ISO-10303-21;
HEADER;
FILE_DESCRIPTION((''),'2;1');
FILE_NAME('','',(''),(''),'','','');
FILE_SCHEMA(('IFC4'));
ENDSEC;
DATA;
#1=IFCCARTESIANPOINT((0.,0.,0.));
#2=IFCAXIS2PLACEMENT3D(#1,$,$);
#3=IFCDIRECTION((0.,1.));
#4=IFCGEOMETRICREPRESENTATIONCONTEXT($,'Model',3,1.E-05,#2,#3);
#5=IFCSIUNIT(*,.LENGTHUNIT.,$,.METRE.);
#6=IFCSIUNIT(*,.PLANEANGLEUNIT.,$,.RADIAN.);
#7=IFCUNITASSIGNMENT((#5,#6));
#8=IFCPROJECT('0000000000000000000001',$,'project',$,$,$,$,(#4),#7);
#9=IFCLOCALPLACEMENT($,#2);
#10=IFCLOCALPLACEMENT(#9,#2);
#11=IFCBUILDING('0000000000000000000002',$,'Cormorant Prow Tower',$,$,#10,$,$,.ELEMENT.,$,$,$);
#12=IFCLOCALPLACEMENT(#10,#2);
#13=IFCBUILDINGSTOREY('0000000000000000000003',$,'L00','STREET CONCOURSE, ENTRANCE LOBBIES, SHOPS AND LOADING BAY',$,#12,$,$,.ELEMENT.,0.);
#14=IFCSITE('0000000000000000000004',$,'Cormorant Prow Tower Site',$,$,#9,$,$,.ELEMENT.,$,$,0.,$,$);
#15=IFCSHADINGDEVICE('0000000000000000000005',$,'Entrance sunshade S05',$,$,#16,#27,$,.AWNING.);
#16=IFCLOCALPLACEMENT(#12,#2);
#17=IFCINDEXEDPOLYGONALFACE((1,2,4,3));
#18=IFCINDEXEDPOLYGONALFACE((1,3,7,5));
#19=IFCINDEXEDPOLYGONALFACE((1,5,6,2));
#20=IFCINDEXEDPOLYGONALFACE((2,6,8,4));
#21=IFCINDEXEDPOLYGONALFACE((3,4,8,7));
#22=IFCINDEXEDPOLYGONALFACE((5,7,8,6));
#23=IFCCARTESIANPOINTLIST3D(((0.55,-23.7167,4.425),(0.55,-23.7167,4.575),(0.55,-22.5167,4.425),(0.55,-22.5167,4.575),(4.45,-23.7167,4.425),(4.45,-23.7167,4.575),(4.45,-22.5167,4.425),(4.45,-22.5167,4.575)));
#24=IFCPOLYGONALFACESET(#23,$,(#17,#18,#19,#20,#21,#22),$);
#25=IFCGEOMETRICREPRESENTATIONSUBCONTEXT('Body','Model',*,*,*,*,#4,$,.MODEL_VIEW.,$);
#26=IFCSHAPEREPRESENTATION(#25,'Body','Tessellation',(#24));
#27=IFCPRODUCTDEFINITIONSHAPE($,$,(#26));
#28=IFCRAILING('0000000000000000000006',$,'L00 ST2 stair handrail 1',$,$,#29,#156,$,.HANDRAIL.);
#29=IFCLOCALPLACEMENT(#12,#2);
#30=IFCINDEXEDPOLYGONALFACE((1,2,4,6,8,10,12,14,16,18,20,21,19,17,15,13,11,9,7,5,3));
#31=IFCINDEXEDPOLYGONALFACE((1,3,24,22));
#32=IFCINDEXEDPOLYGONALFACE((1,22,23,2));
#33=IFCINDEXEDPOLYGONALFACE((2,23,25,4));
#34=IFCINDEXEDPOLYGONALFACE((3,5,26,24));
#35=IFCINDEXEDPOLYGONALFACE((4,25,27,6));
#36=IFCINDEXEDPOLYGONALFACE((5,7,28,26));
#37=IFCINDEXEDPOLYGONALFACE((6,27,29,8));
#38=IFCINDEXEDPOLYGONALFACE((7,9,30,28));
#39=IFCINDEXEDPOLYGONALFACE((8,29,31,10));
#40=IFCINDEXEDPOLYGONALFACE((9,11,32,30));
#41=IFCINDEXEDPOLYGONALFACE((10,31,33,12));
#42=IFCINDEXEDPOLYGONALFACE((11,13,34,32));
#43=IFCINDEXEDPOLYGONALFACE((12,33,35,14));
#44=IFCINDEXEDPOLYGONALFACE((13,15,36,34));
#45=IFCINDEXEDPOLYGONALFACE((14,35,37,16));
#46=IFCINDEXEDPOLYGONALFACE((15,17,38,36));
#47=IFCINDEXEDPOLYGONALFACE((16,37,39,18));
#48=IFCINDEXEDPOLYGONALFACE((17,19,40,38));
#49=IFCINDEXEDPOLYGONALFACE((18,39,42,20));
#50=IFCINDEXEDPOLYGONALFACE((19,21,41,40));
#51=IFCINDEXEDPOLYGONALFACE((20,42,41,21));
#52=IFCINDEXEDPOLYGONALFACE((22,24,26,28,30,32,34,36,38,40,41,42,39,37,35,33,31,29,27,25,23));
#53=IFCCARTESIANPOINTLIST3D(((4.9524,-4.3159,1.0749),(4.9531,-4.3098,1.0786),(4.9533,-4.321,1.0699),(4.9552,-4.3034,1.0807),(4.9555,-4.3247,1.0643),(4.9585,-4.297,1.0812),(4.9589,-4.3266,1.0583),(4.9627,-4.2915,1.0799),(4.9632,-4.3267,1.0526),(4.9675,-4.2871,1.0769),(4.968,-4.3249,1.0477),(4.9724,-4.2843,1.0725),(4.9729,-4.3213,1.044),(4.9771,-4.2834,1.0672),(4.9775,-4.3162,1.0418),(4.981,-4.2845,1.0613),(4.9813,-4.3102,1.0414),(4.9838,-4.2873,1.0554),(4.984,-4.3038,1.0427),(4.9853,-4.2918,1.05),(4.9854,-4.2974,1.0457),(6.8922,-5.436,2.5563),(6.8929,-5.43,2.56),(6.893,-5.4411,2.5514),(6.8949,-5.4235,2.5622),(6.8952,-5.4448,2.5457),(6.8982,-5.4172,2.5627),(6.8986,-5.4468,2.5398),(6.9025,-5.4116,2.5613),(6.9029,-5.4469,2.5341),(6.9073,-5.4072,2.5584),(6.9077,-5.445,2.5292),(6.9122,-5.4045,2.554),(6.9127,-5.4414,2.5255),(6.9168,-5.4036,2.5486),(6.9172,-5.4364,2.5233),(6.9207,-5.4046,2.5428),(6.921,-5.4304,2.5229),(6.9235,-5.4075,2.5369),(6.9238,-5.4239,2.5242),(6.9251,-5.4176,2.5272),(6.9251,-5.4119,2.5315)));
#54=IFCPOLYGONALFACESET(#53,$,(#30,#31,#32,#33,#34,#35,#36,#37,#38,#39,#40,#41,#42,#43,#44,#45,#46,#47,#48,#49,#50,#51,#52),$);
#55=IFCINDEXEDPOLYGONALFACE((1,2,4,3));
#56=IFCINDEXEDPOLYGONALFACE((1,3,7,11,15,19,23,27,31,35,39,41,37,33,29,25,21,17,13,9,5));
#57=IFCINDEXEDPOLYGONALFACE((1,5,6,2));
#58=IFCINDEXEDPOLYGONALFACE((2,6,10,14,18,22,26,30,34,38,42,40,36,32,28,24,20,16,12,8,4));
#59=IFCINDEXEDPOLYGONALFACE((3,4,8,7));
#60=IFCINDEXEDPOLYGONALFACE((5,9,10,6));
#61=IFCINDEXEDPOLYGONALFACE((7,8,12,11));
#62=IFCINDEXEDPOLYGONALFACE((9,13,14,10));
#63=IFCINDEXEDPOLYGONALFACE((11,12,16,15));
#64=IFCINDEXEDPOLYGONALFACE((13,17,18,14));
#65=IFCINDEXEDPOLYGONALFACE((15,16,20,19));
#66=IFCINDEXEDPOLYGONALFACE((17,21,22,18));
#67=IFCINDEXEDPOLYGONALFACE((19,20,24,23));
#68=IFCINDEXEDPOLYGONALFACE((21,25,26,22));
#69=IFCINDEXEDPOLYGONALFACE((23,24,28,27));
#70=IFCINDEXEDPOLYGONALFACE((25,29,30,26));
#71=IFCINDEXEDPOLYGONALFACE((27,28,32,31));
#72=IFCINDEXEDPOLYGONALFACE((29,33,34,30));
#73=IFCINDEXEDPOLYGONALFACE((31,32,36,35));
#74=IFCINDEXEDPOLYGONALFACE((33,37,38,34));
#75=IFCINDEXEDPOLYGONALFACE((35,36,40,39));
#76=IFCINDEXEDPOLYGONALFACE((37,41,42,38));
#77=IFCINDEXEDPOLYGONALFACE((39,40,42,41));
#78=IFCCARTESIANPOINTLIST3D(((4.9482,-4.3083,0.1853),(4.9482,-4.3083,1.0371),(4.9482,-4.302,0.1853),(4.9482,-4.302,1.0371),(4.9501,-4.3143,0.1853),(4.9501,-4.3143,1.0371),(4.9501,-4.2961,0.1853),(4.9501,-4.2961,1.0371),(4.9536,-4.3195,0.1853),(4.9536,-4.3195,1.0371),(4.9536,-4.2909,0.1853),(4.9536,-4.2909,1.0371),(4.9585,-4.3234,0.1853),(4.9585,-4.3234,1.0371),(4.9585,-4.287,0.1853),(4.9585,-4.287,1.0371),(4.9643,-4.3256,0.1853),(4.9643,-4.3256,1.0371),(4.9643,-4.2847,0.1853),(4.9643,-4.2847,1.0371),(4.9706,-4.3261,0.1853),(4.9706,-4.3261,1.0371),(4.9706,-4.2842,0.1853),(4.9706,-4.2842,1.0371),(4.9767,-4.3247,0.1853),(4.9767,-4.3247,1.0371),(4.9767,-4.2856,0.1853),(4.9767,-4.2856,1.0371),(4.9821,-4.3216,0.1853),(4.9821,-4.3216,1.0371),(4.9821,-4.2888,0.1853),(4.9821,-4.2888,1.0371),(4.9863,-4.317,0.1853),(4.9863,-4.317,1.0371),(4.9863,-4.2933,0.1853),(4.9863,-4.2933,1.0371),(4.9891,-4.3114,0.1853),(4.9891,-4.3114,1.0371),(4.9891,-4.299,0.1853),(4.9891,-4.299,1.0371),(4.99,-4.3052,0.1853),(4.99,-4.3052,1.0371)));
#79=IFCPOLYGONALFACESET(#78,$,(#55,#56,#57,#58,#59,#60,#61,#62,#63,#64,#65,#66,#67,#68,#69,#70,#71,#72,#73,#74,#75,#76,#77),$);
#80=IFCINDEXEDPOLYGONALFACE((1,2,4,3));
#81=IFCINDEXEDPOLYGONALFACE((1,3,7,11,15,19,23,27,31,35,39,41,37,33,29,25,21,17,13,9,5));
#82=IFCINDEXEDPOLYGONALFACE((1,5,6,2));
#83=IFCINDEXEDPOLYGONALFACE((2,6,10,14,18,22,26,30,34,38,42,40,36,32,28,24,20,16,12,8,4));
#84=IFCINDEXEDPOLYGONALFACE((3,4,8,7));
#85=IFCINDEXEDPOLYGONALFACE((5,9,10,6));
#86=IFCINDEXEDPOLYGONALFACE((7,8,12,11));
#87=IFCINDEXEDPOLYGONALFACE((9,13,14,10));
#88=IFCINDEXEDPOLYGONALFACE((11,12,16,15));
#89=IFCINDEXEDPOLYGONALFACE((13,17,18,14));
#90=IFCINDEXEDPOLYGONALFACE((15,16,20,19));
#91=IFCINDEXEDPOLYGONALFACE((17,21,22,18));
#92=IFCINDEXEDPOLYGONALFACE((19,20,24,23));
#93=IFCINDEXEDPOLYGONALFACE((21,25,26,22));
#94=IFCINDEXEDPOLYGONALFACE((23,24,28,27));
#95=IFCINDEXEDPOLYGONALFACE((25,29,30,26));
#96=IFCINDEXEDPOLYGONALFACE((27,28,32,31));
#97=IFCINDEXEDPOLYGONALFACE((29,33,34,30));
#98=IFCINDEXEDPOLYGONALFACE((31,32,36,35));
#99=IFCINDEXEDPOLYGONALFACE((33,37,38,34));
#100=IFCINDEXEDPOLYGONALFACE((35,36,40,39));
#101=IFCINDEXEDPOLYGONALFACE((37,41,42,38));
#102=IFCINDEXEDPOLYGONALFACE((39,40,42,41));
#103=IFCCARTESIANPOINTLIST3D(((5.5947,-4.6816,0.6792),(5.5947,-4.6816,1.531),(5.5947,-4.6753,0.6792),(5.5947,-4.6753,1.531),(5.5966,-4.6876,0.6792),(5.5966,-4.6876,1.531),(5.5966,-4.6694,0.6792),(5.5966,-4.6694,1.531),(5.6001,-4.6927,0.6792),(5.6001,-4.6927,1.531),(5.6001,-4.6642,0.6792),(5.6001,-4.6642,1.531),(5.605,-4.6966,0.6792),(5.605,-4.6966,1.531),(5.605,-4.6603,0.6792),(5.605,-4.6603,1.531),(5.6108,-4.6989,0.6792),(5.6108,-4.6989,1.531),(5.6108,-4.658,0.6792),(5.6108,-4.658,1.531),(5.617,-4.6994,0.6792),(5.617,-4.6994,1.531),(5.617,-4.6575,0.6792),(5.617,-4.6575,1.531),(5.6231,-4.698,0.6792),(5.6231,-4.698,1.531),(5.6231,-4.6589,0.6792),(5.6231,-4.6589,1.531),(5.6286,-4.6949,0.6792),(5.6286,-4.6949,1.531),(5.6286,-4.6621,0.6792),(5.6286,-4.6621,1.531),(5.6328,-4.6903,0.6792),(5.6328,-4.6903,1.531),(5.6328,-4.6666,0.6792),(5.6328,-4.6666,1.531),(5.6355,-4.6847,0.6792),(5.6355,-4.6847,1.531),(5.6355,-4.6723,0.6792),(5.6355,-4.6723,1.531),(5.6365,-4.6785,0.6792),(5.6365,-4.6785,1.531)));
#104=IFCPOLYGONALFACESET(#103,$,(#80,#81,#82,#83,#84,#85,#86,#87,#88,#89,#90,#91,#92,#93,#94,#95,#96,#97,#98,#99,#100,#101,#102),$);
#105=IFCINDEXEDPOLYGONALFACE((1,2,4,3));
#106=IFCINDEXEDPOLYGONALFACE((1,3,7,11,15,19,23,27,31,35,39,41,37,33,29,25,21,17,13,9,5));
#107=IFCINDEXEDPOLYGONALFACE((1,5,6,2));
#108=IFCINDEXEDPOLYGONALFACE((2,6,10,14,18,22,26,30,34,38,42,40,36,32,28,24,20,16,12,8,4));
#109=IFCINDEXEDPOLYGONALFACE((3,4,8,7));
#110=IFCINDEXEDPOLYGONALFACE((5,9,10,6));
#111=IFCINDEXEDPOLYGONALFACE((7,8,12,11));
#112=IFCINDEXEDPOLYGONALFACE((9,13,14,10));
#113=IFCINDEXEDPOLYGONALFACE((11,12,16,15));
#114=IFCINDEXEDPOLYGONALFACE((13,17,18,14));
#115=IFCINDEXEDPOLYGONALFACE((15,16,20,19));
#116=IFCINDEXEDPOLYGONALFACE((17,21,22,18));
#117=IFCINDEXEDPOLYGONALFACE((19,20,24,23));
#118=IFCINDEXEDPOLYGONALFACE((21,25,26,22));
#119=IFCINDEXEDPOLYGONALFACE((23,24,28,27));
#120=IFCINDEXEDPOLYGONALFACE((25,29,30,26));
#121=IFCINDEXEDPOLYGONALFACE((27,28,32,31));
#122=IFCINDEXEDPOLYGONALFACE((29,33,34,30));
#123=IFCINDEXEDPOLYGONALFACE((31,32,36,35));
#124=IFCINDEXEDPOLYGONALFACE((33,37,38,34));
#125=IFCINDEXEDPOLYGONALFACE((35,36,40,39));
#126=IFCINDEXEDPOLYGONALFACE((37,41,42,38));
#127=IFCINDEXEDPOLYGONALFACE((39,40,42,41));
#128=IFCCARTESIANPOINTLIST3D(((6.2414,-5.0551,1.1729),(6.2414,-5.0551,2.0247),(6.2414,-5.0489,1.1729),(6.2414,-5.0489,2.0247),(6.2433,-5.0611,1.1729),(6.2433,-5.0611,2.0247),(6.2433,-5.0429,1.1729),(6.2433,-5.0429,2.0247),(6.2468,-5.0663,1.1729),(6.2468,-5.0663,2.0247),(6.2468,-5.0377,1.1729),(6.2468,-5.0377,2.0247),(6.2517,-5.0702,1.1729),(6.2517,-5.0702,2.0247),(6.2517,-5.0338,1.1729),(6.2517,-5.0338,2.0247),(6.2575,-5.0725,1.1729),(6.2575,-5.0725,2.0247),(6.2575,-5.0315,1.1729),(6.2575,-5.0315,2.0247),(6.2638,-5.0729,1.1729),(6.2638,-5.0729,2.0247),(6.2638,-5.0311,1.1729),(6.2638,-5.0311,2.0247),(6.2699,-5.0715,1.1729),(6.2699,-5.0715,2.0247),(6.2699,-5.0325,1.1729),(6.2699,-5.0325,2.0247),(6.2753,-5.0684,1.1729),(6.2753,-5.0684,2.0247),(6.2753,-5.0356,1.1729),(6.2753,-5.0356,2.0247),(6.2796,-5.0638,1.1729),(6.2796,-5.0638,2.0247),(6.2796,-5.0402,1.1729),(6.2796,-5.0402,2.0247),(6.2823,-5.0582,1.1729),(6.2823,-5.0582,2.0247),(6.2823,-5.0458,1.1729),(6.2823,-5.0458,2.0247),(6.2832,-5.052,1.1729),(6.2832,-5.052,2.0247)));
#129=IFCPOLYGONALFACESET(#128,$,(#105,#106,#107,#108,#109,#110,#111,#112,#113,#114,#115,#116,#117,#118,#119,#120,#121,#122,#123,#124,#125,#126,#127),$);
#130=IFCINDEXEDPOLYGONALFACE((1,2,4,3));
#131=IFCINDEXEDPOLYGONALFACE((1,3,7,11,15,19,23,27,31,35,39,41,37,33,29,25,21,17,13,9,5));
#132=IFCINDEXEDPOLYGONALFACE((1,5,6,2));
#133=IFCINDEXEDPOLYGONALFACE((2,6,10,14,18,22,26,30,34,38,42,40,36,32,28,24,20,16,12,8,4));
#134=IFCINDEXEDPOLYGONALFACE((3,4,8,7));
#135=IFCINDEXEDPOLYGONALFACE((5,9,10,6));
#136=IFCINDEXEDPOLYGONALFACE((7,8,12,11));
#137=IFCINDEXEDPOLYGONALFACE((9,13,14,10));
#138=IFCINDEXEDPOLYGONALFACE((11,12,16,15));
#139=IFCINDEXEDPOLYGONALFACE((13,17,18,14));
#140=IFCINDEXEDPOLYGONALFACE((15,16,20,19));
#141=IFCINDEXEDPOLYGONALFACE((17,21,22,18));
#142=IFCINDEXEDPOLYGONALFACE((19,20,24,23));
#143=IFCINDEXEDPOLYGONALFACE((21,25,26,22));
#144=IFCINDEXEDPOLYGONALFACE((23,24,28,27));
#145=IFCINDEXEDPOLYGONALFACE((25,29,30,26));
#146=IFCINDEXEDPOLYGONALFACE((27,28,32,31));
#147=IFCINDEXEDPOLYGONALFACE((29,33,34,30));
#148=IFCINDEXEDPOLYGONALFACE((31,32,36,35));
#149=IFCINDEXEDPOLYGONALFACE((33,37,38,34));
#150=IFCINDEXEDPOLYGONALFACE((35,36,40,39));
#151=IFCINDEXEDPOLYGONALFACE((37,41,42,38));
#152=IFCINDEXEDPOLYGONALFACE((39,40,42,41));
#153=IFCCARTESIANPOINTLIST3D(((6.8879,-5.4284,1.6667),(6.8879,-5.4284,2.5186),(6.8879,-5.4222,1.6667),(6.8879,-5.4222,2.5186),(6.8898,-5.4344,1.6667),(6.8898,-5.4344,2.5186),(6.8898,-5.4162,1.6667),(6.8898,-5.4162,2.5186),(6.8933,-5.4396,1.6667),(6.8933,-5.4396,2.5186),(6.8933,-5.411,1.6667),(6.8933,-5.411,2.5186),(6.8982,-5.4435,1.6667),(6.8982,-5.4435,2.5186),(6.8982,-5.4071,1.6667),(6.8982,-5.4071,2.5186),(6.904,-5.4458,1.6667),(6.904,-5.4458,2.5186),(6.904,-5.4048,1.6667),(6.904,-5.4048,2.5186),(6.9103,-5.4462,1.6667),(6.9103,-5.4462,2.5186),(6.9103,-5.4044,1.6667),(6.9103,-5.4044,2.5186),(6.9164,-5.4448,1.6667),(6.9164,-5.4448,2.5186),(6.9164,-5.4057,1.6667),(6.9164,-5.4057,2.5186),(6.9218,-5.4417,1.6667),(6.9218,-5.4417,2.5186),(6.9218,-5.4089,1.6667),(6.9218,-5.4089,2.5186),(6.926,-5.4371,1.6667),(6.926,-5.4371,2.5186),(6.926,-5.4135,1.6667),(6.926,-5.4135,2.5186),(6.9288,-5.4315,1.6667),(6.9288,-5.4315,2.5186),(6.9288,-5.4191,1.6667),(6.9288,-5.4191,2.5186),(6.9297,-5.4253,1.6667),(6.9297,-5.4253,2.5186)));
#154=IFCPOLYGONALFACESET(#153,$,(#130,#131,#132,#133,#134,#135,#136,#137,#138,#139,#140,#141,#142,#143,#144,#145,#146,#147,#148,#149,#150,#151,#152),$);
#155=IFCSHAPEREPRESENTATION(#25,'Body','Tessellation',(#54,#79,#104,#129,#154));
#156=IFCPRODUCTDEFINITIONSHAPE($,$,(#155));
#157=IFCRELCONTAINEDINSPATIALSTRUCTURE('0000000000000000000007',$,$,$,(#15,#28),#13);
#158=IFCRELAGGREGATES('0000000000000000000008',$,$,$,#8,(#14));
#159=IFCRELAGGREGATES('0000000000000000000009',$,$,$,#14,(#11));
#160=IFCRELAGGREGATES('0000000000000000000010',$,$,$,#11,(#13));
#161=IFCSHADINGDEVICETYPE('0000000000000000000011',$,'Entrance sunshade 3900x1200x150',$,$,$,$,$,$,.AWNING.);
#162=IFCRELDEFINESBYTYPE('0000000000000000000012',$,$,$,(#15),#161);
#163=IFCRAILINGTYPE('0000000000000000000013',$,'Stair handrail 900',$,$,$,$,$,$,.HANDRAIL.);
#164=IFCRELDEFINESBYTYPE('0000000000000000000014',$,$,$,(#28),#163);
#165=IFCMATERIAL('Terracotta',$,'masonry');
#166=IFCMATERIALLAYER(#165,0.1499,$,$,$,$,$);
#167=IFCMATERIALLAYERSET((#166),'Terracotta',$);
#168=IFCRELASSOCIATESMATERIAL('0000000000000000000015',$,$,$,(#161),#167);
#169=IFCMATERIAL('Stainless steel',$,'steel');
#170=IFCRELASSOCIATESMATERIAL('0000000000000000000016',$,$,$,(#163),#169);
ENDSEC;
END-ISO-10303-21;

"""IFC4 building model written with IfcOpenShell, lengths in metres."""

from ifc_helpers import new_model, si_unit, direction, frame, origin, origin_2d, place, context, subcontext, project, spatial, rectangle, circle, extrude, material, layer, layer_set, type_object, element, save


model = new_model("IFC4")

# Units and contexts
model_context = context("Model", 3, precision=1e-05, world=origin(), true_north=direction((0.0, 1.0)))
body_context = subcontext(model_context, "Body", "Model", "MODEL_VIEW")
ifc_project = project(units=[si_unit("LENGTHUNIT", "METRE"), si_unit("PLANEANGLEUNIT", "RADIAN")], contexts=[model_context])

# Site, building, storey
site_placement = place(None, origin())
site = spatial("IfcSite", under=ifc_project, at=site_placement, Name="Cormorant Prow Tower Site", CompositionType="ELEMENT", RefElevation=0.0)
building_placement = place(site_placement, origin())
building = spatial("IfcBuilding", under=site, at=building_placement, Name="Cormorant Prow Tower", CompositionType="ELEMENT")
storey_placement = place(building_placement, origin())
storey = spatial("IfcBuildingStorey", under=building, at=storey_placement, Name="L00", Description="STREET CONCOURSE, ENTRANCE LOBBIES, SHOPS AND LOADING BAY", CompositionType="ELEMENT", Elevation=0.0)

# Shading device
ifc_material_1 = material(Name="Terracotta", Category="masonry")
ifc_layer_1 = layer(ifc_material_1, 0.1499)
ifc_layer_set_1 = layer_set([ifc_layer_1], Name="Terracotta")
shading_device_type = type_object("IfcShadingDeviceType", Name="Entrance sunshade 3900x1200x150", PredefinedType="AWNING", material=ifc_layer_set_1)
shading_device_placement = place(storey_placement, frame((2.5, -23.1167, 4.425), z_axis=(0.0, 0.0, 1.0), x_axis=(1.0, 0.0, 0.0)))
element("IfcShadingDevice", 1, at=shading_device_placement, inside=storey, type_object=shading_device_type, Name="Entrance sunshade S05", PredefinedType="AWNING", context=body_context, shape_type="SweptSolid", body=[
    extrude(rectangle(XDim=3.8999, YDim=1.2, at=origin_2d()), origin(), (0.0, 0.0, 1.0), 0.1499),
])

# Railing
ifc_material_2 = material(Name="Stainless steel", Category="steel")
railing_type_1 = type_object("IfcRailingType", Name="Stair handrail 900", PredefinedType="HANDRAIL", material=ifc_material_2)
for number, where, name in (
    (2, (4.969, -4.3052, 0.1853), "L00 ST2 stair handrail 1"),
):
    element("IfcRailing", number, at=place(storey_placement, frame(where)), inside=storey, type_object=railing_type_1, Name=name, PredefinedType="HANDRAIL", context=body_context, shape_type="SweptSolid", body=[
        extrude(circle(Radius=0.0239, at=origin_2d()), frame((0.0, 0.0, 0.876), z_axis=(0.722292, -0.417102, 0.551651), x_axis=(0.500078, 0.86598, 0.0)), (0.0, 0.0, 1.0), 2.6855),
        extrude(circle(Radius=0.021, at=origin_2d()), origin(), (0.0, 0.0, 1.0), 0.8518),
        extrude(circle(Radius=0.021, at=origin_2d()), frame((0.6465, -0.3733, 0.4939)), (0.0, 0.0, 1.0), 0.8518),
        extrude(circle(Radius=0.021, at=origin_2d()), frame((1.2932, -0.7468, 0.9875)), (0.0, 0.0, 1.0), 0.8518),
        extrude(circle(Radius=0.021, at=origin_2d()), frame((1.9397, -1.1201, 1.4814)), (0.0, 0.0, 1.0), 0.8518),
    ])

save(model, "model.ifc")
